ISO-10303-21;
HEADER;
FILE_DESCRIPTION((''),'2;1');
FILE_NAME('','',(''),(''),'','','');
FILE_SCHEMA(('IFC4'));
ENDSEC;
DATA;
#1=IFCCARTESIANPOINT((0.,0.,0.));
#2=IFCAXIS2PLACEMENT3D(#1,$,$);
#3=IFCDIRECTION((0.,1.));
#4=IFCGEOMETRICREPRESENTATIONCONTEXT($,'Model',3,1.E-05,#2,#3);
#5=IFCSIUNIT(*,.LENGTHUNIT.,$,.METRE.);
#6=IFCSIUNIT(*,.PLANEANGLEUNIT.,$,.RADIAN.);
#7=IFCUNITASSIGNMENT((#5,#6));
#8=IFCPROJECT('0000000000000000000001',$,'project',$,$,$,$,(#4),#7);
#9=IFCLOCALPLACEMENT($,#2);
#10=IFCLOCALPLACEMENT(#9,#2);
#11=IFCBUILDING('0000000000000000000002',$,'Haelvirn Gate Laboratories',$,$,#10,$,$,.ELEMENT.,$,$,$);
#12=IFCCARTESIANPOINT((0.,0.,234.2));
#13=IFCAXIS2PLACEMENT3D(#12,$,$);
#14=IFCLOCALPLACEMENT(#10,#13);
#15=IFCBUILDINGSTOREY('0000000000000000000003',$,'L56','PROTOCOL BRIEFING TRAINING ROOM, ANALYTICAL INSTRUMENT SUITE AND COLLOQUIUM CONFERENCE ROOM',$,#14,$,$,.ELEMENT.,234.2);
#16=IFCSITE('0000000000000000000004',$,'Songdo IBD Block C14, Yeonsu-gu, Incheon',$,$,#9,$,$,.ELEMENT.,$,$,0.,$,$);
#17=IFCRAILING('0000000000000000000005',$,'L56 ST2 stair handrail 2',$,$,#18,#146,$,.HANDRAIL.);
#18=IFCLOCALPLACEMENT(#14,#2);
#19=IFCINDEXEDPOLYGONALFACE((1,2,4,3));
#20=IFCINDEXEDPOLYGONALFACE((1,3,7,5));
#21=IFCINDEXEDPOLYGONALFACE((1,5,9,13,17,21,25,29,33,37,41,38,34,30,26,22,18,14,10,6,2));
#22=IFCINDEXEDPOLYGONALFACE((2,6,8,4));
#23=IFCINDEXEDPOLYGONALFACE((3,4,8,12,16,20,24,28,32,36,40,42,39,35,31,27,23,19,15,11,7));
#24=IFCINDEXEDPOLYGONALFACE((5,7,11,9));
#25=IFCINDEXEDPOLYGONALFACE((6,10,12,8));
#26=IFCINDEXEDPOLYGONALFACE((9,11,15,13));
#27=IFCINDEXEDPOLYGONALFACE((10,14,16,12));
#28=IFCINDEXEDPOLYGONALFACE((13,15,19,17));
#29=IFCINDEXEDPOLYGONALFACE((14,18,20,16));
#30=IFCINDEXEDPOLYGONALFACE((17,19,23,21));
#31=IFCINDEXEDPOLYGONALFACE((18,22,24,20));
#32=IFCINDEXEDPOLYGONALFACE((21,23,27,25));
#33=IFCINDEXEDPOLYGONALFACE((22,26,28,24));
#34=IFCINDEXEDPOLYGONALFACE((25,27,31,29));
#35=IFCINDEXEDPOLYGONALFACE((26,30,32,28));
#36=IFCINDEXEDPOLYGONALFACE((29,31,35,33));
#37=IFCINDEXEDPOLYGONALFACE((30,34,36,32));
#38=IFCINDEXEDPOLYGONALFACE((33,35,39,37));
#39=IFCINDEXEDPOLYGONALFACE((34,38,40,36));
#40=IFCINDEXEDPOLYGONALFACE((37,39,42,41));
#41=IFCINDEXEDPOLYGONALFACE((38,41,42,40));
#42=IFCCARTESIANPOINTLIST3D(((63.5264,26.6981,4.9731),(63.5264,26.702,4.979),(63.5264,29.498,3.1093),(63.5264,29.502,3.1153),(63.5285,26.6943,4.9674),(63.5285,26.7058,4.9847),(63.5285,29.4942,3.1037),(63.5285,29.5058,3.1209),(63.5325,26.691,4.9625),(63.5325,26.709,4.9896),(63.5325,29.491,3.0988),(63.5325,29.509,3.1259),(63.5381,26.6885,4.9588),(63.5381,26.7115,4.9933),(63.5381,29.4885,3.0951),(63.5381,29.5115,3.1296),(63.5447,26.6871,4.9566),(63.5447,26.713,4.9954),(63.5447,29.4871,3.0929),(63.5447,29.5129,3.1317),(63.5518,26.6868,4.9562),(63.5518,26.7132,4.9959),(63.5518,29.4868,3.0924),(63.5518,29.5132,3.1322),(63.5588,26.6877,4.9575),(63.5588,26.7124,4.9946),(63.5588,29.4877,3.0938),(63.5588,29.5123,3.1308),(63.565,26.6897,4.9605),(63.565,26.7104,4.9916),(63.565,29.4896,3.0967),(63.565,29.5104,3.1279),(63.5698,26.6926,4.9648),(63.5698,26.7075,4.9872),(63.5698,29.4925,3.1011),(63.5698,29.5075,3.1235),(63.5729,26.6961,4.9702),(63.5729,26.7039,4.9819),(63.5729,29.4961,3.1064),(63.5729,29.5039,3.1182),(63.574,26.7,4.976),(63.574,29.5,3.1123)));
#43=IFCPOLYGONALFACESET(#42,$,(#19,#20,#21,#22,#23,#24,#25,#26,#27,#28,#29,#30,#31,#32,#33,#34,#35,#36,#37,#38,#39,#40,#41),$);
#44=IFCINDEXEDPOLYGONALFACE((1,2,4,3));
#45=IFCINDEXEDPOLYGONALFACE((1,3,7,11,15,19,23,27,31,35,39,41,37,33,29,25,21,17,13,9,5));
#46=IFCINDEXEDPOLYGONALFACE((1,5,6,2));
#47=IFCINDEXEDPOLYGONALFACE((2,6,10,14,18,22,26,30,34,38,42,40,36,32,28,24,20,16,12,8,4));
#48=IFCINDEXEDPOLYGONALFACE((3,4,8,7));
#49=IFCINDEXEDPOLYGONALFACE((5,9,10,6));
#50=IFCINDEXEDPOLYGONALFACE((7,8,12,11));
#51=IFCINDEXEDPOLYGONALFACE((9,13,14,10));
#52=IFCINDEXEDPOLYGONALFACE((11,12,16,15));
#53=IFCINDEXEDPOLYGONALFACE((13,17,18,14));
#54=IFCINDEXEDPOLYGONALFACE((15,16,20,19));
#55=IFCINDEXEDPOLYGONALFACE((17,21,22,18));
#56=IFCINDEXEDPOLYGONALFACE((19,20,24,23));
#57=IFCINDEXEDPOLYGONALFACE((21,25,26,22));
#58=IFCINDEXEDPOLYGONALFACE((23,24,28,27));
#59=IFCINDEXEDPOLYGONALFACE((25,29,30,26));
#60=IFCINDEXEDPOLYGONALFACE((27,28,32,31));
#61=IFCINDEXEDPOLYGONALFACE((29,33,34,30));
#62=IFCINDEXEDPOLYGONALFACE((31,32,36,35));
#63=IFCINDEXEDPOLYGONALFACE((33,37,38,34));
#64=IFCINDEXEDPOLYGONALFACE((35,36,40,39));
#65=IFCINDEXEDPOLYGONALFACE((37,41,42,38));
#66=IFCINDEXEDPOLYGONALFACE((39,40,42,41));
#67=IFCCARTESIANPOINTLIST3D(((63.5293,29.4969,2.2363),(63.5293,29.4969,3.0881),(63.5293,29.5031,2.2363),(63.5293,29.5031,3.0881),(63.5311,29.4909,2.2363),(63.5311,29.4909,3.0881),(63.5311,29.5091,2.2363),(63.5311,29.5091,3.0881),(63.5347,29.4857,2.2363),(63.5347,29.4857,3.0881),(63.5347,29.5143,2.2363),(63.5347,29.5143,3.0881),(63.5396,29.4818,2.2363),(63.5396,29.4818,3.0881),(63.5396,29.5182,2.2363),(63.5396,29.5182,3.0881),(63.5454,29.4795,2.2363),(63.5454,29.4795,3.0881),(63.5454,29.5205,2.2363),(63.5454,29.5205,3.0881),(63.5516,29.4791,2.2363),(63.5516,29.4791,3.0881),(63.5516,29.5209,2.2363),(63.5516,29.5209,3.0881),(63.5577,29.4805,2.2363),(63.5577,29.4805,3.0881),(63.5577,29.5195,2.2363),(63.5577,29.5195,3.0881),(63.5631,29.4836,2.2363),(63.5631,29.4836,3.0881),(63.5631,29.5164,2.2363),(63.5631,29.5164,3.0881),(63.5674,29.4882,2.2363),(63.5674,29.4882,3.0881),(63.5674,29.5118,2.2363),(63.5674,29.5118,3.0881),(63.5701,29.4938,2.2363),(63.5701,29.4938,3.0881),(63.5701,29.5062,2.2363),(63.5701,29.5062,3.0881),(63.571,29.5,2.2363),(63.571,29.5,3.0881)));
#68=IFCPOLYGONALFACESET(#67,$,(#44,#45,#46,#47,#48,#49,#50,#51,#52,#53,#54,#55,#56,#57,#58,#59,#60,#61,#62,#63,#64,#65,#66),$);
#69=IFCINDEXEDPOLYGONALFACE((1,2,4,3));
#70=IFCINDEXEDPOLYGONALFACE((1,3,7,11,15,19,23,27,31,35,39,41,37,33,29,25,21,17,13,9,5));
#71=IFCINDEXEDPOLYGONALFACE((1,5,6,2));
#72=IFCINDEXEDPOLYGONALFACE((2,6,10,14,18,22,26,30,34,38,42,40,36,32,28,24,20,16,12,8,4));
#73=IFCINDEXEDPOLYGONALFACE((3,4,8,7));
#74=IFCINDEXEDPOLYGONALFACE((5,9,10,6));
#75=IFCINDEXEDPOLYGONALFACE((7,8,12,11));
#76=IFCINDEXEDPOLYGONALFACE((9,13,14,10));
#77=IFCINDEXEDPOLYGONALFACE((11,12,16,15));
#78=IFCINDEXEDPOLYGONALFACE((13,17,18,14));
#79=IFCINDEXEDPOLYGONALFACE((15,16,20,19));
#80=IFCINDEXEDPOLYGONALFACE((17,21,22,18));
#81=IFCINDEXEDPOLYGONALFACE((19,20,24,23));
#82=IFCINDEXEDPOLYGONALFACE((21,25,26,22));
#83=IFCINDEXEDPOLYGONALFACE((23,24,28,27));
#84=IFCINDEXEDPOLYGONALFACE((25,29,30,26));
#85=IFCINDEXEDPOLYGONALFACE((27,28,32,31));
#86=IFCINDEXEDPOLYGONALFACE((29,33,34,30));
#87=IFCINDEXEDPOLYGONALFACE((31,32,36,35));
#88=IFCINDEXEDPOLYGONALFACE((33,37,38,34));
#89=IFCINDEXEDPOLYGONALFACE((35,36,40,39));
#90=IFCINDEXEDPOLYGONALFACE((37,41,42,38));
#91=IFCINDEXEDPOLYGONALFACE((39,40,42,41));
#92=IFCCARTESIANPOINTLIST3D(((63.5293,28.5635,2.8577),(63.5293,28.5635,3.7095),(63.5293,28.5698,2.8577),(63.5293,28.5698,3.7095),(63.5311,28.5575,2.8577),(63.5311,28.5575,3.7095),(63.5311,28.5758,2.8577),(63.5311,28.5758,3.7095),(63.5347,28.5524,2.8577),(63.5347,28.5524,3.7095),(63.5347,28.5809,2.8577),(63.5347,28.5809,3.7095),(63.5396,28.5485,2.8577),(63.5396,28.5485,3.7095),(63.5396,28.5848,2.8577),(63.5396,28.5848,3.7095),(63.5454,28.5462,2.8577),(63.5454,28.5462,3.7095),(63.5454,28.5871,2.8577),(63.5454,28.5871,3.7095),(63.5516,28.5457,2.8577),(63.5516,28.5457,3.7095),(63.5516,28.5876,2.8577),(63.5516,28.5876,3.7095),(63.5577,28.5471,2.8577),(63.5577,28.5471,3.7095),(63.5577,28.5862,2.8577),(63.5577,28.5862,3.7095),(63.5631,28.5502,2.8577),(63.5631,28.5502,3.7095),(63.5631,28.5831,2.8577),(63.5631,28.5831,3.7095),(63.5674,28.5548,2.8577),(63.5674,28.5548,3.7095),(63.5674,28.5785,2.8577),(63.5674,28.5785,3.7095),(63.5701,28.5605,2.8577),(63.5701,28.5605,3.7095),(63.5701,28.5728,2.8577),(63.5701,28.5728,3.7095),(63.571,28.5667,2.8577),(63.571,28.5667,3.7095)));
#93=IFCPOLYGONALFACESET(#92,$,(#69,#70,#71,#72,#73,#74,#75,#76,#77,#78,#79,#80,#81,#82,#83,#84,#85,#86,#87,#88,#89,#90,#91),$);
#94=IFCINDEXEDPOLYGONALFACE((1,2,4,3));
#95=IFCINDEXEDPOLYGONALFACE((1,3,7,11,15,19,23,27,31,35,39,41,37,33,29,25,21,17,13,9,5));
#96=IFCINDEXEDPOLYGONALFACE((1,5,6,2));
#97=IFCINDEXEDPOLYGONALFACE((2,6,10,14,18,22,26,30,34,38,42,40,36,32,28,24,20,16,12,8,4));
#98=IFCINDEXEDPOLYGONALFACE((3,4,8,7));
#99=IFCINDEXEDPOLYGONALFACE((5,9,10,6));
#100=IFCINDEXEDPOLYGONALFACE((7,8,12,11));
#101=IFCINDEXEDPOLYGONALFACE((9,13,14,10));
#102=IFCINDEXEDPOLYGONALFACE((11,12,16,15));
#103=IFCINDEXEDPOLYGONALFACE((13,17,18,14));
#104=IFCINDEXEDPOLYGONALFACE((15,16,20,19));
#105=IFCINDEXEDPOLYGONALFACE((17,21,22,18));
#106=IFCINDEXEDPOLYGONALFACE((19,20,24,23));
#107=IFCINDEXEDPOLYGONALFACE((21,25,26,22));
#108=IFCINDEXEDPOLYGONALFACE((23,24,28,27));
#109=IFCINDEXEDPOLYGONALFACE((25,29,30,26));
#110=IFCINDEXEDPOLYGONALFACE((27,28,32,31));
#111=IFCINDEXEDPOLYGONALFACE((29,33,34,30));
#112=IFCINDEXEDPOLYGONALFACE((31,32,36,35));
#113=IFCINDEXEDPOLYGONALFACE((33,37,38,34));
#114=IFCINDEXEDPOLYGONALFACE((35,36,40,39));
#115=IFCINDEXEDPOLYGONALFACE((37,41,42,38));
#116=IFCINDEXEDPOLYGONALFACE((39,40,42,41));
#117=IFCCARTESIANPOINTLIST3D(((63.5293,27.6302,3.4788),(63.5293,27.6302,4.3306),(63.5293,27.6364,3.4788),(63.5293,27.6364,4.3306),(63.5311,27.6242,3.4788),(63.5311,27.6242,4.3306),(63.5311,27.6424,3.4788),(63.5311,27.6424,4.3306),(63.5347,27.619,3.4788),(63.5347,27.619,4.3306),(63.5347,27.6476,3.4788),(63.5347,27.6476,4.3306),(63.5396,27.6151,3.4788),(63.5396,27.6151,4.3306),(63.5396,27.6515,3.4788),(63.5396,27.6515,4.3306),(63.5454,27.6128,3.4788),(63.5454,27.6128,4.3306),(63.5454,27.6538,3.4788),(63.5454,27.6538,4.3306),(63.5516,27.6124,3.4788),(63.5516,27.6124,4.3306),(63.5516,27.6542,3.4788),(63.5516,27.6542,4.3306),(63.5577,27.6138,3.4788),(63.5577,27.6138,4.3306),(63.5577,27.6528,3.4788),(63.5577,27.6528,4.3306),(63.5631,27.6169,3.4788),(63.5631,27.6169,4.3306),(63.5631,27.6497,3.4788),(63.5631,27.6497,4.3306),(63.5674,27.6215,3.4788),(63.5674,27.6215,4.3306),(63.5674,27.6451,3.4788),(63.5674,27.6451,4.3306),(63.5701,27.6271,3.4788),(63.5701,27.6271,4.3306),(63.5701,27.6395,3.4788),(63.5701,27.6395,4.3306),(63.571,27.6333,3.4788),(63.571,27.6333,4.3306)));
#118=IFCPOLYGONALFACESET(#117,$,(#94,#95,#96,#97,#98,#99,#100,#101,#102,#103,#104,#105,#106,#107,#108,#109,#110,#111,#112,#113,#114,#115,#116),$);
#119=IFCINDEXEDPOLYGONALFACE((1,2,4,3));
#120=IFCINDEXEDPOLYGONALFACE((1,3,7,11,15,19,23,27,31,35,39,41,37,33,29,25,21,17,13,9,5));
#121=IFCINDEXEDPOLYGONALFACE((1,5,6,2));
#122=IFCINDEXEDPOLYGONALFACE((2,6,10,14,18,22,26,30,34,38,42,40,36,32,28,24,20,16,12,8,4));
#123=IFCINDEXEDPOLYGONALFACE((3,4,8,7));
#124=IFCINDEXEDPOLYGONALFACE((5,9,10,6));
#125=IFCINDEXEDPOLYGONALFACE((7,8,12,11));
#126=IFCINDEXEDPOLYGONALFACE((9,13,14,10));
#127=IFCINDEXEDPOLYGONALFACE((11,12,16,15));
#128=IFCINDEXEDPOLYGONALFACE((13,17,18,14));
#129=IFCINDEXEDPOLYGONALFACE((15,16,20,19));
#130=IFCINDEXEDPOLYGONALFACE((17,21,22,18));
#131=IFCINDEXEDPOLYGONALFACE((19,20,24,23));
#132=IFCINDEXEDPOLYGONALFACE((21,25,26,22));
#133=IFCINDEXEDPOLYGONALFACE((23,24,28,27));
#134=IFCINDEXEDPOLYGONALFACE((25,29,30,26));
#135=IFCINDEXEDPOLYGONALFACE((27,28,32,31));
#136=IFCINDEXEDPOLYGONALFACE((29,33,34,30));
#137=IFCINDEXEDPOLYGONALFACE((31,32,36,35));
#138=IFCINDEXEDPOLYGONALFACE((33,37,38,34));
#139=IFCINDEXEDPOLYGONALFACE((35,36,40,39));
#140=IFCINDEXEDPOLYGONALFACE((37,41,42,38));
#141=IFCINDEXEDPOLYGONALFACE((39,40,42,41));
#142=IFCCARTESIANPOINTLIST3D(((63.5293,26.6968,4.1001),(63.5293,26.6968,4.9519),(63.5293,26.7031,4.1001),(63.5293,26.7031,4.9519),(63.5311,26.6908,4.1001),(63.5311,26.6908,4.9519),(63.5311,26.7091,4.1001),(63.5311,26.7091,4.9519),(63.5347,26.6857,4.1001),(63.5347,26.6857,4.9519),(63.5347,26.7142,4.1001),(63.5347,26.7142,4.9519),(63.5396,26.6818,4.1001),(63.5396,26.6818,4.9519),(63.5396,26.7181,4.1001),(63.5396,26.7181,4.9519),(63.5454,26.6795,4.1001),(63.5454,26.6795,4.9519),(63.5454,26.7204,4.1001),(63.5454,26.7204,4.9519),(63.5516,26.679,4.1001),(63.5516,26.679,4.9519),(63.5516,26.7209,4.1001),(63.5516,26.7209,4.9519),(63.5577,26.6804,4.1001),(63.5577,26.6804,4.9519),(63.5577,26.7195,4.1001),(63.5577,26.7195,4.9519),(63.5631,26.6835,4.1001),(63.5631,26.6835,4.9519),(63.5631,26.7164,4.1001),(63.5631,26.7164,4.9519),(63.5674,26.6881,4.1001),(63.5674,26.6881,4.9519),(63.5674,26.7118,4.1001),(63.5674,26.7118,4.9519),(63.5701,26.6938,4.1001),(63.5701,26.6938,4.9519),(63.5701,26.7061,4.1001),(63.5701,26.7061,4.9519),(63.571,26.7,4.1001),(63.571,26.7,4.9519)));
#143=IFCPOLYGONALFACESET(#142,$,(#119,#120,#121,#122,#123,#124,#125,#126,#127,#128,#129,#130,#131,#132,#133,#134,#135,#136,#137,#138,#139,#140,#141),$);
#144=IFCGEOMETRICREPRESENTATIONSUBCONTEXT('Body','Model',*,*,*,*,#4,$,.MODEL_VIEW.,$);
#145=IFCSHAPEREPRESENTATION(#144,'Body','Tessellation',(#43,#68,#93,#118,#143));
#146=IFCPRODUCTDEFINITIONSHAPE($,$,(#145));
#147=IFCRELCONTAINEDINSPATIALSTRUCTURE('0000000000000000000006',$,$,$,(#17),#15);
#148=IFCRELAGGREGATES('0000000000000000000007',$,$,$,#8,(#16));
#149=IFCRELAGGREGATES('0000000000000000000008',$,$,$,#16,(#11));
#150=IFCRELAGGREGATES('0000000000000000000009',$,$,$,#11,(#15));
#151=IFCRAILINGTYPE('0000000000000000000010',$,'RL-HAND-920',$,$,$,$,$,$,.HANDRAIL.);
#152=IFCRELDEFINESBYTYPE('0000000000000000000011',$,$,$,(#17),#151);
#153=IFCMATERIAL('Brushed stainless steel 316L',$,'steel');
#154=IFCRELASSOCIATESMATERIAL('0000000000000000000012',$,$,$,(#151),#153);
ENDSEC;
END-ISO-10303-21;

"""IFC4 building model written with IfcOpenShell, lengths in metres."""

from ifc_helpers import new_model, si_unit, direction, frame, origin, origin_2d, place, context, subcontext, project, spatial, circle, extrude, source, transform, mapped, material, type_object, element, save


model = new_model("IFC4")

# Units and contexts
model_context = context("Model", 3, precision=1e-05, world=origin(), true_north=direction((0.0, 1.0)))
body_context = subcontext(model_context, "Body", "Model", "MODEL_VIEW")
ifc_project = project(units=[si_unit("LENGTHUNIT", "METRE"), si_unit("PLANEANGLEUNIT", "RADIAN")], contexts=[model_context])

# Site, building, storey
site_placement = place(None, origin())
site = spatial("IfcSite", under=ifc_project, at=site_placement, Name="Songdo IBD Block C14, Yeonsu-gu, Incheon", CompositionType="ELEMENT", RefElevation=0.0)
building_placement = place(site_placement, origin())
building = spatial("IfcBuilding", under=site, at=building_placement, Name="Haelvirn Gate Laboratories", CompositionType="ELEMENT")
storey_placement = place(building_placement, frame((0.0, 0.0, 234.2)))
storey = spatial("IfcBuildingStorey", under=building, at=storey_placement, Name="L56", Description="PROTOCOL BRIEFING TRAINING ROOM, ANALYTICAL INSTRUMENT SUITE AND COLLOQUIUM CONFERENCE ROOM", CompositionType="ELEMENT", Elevation=234.2)

# Railing
ifc_material_1 = material(Name="Brushed stainless steel 316L", Category="steel")
railing_type_1 = type_object("IfcRailingType", Name="RL-HAND-920", PredefinedType="HANDRAIL", material=ifc_material_1)
shared_shape_1 = source(origin(), body_context, "Body", "SweptSolid", [
    extrude(circle(Radius=0.0239, at=origin_2d()), frame((0.0, 0.0, 0.876), z_axis=(0.0, -0.832452, 0.554097), x_axis=(1.0, 0.0, 0.0)), (0.0, 0.0, 1.0), 3.3635),
    extrude(circle(Radius=0.021, at=origin_2d()), origin(), (0.0, 0.0, 1.0), 0.8518),
    extrude(circle(Radius=0.021, at=origin_2d()), frame((0.0, -0.9333, 0.6213)), (0.0, 0.0, 1.0), 0.8518),
    extrude(circle(Radius=0.021, at=origin_2d()), frame((0.0, -1.8667, 1.2424)), (0.0, 0.0, 1.0), 0.8518),
    extrude(circle(Radius=0.021, at=origin_2d()), frame((0.0, -2.8, 1.8638)), (0.0, 0.0, 1.0), 0.8518),
])
railing_1_placement = place(storey_placement, frame((63.55, 29.5, 2.2363)))
element("IfcRailing", 1, at=railing_1_placement, inside=storey, type_object=railing_type_1, Name="L56 ST2 stair handrail 2", PredefinedType="HANDRAIL", context=body_context, shape_type="MappedRepresentation", body=[
    mapped(shared_shape_1, transform((0.0, 0.0, 0.0), scale=1.0)),
])

save(model, "model.ifc")
